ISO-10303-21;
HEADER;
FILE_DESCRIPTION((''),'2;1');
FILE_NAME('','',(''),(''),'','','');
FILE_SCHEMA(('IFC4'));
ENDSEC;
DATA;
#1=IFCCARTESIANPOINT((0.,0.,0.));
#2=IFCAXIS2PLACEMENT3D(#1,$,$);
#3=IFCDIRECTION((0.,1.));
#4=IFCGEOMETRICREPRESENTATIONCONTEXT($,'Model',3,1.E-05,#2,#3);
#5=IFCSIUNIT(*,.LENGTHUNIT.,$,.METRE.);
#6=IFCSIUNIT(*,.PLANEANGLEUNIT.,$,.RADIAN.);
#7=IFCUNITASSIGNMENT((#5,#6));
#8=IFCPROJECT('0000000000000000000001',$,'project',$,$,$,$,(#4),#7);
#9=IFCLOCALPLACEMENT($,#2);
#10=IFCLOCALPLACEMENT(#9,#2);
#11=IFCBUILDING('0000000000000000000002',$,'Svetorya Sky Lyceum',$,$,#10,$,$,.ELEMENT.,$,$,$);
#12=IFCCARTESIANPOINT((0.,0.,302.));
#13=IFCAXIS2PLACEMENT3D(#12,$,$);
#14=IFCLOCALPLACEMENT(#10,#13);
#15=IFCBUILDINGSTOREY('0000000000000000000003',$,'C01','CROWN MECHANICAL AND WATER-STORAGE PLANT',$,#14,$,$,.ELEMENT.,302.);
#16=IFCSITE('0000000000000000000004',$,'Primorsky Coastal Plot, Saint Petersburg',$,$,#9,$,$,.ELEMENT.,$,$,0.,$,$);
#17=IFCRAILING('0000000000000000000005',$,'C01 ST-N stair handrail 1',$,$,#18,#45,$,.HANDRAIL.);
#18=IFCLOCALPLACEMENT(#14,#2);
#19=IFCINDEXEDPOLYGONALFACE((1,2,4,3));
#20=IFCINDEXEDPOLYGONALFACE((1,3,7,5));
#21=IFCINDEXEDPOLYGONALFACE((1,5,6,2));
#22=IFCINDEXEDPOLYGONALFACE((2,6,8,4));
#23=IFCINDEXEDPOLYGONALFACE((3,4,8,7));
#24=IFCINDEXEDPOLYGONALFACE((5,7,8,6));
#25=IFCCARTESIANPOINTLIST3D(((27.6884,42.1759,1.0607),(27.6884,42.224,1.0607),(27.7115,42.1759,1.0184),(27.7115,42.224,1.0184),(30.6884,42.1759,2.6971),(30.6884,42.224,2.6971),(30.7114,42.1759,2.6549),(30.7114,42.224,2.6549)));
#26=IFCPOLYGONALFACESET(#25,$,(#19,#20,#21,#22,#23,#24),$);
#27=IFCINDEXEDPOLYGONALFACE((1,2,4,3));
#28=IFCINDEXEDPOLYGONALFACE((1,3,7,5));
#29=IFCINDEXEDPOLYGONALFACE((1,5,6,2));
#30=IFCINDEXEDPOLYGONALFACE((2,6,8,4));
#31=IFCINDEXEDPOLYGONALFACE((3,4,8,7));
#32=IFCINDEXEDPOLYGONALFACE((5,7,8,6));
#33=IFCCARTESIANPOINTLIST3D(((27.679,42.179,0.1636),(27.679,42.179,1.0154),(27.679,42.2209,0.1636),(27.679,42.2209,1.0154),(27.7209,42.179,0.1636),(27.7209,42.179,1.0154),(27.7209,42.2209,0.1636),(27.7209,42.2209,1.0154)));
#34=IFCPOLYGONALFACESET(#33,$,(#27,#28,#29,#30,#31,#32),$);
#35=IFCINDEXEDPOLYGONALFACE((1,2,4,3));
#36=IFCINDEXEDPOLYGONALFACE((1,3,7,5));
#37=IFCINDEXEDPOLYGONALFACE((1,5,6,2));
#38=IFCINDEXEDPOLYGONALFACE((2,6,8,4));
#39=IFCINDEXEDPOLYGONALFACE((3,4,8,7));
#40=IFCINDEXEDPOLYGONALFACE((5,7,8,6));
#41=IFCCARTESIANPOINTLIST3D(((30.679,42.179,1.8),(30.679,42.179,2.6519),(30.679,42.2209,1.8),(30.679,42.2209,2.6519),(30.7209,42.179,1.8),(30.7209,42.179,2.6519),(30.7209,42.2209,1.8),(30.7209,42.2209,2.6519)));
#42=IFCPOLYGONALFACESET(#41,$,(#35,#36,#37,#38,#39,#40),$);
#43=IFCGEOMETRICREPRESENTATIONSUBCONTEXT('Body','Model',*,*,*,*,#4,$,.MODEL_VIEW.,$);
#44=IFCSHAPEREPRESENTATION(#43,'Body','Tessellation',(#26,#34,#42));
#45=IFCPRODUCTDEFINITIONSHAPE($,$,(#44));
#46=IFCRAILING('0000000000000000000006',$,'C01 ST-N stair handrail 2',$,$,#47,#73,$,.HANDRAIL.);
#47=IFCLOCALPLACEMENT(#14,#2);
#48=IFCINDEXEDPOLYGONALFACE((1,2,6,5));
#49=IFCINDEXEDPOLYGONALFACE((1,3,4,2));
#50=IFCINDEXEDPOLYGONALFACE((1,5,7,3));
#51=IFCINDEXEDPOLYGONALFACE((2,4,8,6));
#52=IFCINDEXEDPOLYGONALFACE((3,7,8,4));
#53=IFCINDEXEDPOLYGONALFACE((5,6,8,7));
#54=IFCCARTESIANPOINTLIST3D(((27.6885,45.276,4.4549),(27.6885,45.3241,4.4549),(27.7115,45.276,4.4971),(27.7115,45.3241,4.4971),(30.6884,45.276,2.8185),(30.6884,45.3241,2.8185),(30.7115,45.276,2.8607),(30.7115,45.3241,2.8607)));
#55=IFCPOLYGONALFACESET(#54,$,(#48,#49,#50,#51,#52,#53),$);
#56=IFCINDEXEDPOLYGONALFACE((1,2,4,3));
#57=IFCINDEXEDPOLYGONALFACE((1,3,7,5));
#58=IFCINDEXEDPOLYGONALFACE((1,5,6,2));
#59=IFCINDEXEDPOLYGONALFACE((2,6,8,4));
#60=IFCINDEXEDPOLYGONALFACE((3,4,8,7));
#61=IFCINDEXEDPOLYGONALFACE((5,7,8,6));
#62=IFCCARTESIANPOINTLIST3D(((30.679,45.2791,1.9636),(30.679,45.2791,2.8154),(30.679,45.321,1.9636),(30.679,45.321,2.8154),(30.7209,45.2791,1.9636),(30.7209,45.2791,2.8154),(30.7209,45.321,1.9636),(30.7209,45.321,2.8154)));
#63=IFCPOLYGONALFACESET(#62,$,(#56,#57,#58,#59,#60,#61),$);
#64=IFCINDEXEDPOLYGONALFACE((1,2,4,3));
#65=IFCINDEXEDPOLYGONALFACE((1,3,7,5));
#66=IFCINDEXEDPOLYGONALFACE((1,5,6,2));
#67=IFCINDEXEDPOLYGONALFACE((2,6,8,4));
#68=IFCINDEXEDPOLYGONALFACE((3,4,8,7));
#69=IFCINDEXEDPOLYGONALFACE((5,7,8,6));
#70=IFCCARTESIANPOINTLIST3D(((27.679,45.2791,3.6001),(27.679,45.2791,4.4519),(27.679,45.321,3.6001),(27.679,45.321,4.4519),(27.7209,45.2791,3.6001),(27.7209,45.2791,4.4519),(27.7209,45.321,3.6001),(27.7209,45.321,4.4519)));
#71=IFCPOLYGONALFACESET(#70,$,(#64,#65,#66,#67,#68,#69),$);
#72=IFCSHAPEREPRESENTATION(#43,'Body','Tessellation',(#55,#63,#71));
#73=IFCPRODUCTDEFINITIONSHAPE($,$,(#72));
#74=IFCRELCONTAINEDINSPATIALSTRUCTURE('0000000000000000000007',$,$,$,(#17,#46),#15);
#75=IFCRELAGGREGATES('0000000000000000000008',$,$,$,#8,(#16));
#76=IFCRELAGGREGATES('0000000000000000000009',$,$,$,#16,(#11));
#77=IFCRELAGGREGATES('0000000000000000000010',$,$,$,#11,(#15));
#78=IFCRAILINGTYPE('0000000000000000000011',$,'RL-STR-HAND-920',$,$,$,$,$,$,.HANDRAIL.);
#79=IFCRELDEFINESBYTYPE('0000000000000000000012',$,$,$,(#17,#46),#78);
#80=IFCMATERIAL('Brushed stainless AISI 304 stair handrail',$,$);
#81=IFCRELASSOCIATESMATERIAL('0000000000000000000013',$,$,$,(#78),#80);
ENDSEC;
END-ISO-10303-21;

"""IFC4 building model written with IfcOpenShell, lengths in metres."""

from ifc_helpers import new_model, si_unit, direction, frame, origin, origin_2d, place, context, subcontext, project, spatial, rectangle, extrude, material, type_object, element, save


model = new_model("IFC4")

# Units and contexts
model_context = context("Model", 3, precision=1e-05, world=origin(), true_north=direction((0.0, 1.0)))
body_context = subcontext(model_context, "Body", "Model", "MODEL_VIEW")
ifc_project = project(units=[si_unit("LENGTHUNIT", "METRE"), si_unit("PLANEANGLEUNIT", "RADIAN")], contexts=[model_context])

# Site, building, storey
site_placement = place(None, origin())
site = spatial("IfcSite", under=ifc_project, at=site_placement, Name="Primorsky Coastal Plot, Saint Petersburg", CompositionType="ELEMENT", RefElevation=0.0)
building_placement = place(site_placement, origin())
building = spatial("IfcBuilding", under=site, at=building_placement, Name="Svetorya Sky Lyceum", CompositionType="ELEMENT")
storey_placement = place(building_placement, frame((0.0, 0.0, 302.0)))
storey = spatial("IfcBuildingStorey", under=building, at=storey_placement, Name="C01", Description="CROWN MECHANICAL AND WATER-STORAGE PLANT", CompositionType="ELEMENT", Elevation=302.0)

# Railings
ifc_material_1 = material(Name="Brushed stainless AISI 304 stair handrail")
railing_type_1 = type_object("IfcRailingType", Name="RL-STR-HAND-920", PredefinedType="HANDRAIL", material=ifc_material_1)
railing_1_placement = place(storey_placement, frame((27.7, 42.2, 0.1636)))
element("IfcRailing", 1, at=railing_1_placement, inside=storey, type_object=railing_type_1, Name="C01 ST-N stair handrail 1", PredefinedType="HANDRAIL", context=body_context, shape_type="SweptSolid", body=[
    extrude(rectangle(XDim=0.0481, YDim=0.0481, at=origin_2d()), frame((0.0, 0.0, 0.876), z_axis=(0.877882, 0.0, 0.478877), x_axis=(0.0, 1.0, 0.0)), (0.0, 0.0, 1.0), 3.4172),
    extrude(rectangle(XDim=0.042, YDim=0.042, at=origin_2d()), origin(), (0.0, 0.0, 1.0), 0.8518),
    extrude(rectangle(XDim=0.042, YDim=0.042, at=origin_2d()), frame((3.0, 0.0, 1.6365)), (0.0, 0.0, 1.0), 0.8518),
])
railing_2_placement = place(storey_placement, frame((30.7, 45.3, 1.9636)))
element("IfcRailing", 2, at=railing_2_placement, inside=storey, type_object=railing_type_1, Name="C01 ST-N stair handrail 2", PredefinedType="HANDRAIL", context=body_context, shape_type="SweptSolid", body=[
    extrude(rectangle(XDim=0.0481, YDim=0.0481, at=origin_2d()), frame((0.0, 0.0, 0.876), z_axis=(-0.877882, 0.0, 0.478877), x_axis=(0.0, -1.0, 0.0)), (0.0, 0.0, 1.0), 3.4172),
    extrude(rectangle(XDim=0.042, YDim=0.042, at=origin_2d()), origin(), (0.0, 0.0, 1.0), 0.8518),
    extrude(rectangle(XDim=0.042, YDim=0.042, at=origin_2d()), frame((-3.0, 0.0, 1.6365)), (0.0, 0.0, 1.0), 0.8518),
])

save(model, "model.ifc")
